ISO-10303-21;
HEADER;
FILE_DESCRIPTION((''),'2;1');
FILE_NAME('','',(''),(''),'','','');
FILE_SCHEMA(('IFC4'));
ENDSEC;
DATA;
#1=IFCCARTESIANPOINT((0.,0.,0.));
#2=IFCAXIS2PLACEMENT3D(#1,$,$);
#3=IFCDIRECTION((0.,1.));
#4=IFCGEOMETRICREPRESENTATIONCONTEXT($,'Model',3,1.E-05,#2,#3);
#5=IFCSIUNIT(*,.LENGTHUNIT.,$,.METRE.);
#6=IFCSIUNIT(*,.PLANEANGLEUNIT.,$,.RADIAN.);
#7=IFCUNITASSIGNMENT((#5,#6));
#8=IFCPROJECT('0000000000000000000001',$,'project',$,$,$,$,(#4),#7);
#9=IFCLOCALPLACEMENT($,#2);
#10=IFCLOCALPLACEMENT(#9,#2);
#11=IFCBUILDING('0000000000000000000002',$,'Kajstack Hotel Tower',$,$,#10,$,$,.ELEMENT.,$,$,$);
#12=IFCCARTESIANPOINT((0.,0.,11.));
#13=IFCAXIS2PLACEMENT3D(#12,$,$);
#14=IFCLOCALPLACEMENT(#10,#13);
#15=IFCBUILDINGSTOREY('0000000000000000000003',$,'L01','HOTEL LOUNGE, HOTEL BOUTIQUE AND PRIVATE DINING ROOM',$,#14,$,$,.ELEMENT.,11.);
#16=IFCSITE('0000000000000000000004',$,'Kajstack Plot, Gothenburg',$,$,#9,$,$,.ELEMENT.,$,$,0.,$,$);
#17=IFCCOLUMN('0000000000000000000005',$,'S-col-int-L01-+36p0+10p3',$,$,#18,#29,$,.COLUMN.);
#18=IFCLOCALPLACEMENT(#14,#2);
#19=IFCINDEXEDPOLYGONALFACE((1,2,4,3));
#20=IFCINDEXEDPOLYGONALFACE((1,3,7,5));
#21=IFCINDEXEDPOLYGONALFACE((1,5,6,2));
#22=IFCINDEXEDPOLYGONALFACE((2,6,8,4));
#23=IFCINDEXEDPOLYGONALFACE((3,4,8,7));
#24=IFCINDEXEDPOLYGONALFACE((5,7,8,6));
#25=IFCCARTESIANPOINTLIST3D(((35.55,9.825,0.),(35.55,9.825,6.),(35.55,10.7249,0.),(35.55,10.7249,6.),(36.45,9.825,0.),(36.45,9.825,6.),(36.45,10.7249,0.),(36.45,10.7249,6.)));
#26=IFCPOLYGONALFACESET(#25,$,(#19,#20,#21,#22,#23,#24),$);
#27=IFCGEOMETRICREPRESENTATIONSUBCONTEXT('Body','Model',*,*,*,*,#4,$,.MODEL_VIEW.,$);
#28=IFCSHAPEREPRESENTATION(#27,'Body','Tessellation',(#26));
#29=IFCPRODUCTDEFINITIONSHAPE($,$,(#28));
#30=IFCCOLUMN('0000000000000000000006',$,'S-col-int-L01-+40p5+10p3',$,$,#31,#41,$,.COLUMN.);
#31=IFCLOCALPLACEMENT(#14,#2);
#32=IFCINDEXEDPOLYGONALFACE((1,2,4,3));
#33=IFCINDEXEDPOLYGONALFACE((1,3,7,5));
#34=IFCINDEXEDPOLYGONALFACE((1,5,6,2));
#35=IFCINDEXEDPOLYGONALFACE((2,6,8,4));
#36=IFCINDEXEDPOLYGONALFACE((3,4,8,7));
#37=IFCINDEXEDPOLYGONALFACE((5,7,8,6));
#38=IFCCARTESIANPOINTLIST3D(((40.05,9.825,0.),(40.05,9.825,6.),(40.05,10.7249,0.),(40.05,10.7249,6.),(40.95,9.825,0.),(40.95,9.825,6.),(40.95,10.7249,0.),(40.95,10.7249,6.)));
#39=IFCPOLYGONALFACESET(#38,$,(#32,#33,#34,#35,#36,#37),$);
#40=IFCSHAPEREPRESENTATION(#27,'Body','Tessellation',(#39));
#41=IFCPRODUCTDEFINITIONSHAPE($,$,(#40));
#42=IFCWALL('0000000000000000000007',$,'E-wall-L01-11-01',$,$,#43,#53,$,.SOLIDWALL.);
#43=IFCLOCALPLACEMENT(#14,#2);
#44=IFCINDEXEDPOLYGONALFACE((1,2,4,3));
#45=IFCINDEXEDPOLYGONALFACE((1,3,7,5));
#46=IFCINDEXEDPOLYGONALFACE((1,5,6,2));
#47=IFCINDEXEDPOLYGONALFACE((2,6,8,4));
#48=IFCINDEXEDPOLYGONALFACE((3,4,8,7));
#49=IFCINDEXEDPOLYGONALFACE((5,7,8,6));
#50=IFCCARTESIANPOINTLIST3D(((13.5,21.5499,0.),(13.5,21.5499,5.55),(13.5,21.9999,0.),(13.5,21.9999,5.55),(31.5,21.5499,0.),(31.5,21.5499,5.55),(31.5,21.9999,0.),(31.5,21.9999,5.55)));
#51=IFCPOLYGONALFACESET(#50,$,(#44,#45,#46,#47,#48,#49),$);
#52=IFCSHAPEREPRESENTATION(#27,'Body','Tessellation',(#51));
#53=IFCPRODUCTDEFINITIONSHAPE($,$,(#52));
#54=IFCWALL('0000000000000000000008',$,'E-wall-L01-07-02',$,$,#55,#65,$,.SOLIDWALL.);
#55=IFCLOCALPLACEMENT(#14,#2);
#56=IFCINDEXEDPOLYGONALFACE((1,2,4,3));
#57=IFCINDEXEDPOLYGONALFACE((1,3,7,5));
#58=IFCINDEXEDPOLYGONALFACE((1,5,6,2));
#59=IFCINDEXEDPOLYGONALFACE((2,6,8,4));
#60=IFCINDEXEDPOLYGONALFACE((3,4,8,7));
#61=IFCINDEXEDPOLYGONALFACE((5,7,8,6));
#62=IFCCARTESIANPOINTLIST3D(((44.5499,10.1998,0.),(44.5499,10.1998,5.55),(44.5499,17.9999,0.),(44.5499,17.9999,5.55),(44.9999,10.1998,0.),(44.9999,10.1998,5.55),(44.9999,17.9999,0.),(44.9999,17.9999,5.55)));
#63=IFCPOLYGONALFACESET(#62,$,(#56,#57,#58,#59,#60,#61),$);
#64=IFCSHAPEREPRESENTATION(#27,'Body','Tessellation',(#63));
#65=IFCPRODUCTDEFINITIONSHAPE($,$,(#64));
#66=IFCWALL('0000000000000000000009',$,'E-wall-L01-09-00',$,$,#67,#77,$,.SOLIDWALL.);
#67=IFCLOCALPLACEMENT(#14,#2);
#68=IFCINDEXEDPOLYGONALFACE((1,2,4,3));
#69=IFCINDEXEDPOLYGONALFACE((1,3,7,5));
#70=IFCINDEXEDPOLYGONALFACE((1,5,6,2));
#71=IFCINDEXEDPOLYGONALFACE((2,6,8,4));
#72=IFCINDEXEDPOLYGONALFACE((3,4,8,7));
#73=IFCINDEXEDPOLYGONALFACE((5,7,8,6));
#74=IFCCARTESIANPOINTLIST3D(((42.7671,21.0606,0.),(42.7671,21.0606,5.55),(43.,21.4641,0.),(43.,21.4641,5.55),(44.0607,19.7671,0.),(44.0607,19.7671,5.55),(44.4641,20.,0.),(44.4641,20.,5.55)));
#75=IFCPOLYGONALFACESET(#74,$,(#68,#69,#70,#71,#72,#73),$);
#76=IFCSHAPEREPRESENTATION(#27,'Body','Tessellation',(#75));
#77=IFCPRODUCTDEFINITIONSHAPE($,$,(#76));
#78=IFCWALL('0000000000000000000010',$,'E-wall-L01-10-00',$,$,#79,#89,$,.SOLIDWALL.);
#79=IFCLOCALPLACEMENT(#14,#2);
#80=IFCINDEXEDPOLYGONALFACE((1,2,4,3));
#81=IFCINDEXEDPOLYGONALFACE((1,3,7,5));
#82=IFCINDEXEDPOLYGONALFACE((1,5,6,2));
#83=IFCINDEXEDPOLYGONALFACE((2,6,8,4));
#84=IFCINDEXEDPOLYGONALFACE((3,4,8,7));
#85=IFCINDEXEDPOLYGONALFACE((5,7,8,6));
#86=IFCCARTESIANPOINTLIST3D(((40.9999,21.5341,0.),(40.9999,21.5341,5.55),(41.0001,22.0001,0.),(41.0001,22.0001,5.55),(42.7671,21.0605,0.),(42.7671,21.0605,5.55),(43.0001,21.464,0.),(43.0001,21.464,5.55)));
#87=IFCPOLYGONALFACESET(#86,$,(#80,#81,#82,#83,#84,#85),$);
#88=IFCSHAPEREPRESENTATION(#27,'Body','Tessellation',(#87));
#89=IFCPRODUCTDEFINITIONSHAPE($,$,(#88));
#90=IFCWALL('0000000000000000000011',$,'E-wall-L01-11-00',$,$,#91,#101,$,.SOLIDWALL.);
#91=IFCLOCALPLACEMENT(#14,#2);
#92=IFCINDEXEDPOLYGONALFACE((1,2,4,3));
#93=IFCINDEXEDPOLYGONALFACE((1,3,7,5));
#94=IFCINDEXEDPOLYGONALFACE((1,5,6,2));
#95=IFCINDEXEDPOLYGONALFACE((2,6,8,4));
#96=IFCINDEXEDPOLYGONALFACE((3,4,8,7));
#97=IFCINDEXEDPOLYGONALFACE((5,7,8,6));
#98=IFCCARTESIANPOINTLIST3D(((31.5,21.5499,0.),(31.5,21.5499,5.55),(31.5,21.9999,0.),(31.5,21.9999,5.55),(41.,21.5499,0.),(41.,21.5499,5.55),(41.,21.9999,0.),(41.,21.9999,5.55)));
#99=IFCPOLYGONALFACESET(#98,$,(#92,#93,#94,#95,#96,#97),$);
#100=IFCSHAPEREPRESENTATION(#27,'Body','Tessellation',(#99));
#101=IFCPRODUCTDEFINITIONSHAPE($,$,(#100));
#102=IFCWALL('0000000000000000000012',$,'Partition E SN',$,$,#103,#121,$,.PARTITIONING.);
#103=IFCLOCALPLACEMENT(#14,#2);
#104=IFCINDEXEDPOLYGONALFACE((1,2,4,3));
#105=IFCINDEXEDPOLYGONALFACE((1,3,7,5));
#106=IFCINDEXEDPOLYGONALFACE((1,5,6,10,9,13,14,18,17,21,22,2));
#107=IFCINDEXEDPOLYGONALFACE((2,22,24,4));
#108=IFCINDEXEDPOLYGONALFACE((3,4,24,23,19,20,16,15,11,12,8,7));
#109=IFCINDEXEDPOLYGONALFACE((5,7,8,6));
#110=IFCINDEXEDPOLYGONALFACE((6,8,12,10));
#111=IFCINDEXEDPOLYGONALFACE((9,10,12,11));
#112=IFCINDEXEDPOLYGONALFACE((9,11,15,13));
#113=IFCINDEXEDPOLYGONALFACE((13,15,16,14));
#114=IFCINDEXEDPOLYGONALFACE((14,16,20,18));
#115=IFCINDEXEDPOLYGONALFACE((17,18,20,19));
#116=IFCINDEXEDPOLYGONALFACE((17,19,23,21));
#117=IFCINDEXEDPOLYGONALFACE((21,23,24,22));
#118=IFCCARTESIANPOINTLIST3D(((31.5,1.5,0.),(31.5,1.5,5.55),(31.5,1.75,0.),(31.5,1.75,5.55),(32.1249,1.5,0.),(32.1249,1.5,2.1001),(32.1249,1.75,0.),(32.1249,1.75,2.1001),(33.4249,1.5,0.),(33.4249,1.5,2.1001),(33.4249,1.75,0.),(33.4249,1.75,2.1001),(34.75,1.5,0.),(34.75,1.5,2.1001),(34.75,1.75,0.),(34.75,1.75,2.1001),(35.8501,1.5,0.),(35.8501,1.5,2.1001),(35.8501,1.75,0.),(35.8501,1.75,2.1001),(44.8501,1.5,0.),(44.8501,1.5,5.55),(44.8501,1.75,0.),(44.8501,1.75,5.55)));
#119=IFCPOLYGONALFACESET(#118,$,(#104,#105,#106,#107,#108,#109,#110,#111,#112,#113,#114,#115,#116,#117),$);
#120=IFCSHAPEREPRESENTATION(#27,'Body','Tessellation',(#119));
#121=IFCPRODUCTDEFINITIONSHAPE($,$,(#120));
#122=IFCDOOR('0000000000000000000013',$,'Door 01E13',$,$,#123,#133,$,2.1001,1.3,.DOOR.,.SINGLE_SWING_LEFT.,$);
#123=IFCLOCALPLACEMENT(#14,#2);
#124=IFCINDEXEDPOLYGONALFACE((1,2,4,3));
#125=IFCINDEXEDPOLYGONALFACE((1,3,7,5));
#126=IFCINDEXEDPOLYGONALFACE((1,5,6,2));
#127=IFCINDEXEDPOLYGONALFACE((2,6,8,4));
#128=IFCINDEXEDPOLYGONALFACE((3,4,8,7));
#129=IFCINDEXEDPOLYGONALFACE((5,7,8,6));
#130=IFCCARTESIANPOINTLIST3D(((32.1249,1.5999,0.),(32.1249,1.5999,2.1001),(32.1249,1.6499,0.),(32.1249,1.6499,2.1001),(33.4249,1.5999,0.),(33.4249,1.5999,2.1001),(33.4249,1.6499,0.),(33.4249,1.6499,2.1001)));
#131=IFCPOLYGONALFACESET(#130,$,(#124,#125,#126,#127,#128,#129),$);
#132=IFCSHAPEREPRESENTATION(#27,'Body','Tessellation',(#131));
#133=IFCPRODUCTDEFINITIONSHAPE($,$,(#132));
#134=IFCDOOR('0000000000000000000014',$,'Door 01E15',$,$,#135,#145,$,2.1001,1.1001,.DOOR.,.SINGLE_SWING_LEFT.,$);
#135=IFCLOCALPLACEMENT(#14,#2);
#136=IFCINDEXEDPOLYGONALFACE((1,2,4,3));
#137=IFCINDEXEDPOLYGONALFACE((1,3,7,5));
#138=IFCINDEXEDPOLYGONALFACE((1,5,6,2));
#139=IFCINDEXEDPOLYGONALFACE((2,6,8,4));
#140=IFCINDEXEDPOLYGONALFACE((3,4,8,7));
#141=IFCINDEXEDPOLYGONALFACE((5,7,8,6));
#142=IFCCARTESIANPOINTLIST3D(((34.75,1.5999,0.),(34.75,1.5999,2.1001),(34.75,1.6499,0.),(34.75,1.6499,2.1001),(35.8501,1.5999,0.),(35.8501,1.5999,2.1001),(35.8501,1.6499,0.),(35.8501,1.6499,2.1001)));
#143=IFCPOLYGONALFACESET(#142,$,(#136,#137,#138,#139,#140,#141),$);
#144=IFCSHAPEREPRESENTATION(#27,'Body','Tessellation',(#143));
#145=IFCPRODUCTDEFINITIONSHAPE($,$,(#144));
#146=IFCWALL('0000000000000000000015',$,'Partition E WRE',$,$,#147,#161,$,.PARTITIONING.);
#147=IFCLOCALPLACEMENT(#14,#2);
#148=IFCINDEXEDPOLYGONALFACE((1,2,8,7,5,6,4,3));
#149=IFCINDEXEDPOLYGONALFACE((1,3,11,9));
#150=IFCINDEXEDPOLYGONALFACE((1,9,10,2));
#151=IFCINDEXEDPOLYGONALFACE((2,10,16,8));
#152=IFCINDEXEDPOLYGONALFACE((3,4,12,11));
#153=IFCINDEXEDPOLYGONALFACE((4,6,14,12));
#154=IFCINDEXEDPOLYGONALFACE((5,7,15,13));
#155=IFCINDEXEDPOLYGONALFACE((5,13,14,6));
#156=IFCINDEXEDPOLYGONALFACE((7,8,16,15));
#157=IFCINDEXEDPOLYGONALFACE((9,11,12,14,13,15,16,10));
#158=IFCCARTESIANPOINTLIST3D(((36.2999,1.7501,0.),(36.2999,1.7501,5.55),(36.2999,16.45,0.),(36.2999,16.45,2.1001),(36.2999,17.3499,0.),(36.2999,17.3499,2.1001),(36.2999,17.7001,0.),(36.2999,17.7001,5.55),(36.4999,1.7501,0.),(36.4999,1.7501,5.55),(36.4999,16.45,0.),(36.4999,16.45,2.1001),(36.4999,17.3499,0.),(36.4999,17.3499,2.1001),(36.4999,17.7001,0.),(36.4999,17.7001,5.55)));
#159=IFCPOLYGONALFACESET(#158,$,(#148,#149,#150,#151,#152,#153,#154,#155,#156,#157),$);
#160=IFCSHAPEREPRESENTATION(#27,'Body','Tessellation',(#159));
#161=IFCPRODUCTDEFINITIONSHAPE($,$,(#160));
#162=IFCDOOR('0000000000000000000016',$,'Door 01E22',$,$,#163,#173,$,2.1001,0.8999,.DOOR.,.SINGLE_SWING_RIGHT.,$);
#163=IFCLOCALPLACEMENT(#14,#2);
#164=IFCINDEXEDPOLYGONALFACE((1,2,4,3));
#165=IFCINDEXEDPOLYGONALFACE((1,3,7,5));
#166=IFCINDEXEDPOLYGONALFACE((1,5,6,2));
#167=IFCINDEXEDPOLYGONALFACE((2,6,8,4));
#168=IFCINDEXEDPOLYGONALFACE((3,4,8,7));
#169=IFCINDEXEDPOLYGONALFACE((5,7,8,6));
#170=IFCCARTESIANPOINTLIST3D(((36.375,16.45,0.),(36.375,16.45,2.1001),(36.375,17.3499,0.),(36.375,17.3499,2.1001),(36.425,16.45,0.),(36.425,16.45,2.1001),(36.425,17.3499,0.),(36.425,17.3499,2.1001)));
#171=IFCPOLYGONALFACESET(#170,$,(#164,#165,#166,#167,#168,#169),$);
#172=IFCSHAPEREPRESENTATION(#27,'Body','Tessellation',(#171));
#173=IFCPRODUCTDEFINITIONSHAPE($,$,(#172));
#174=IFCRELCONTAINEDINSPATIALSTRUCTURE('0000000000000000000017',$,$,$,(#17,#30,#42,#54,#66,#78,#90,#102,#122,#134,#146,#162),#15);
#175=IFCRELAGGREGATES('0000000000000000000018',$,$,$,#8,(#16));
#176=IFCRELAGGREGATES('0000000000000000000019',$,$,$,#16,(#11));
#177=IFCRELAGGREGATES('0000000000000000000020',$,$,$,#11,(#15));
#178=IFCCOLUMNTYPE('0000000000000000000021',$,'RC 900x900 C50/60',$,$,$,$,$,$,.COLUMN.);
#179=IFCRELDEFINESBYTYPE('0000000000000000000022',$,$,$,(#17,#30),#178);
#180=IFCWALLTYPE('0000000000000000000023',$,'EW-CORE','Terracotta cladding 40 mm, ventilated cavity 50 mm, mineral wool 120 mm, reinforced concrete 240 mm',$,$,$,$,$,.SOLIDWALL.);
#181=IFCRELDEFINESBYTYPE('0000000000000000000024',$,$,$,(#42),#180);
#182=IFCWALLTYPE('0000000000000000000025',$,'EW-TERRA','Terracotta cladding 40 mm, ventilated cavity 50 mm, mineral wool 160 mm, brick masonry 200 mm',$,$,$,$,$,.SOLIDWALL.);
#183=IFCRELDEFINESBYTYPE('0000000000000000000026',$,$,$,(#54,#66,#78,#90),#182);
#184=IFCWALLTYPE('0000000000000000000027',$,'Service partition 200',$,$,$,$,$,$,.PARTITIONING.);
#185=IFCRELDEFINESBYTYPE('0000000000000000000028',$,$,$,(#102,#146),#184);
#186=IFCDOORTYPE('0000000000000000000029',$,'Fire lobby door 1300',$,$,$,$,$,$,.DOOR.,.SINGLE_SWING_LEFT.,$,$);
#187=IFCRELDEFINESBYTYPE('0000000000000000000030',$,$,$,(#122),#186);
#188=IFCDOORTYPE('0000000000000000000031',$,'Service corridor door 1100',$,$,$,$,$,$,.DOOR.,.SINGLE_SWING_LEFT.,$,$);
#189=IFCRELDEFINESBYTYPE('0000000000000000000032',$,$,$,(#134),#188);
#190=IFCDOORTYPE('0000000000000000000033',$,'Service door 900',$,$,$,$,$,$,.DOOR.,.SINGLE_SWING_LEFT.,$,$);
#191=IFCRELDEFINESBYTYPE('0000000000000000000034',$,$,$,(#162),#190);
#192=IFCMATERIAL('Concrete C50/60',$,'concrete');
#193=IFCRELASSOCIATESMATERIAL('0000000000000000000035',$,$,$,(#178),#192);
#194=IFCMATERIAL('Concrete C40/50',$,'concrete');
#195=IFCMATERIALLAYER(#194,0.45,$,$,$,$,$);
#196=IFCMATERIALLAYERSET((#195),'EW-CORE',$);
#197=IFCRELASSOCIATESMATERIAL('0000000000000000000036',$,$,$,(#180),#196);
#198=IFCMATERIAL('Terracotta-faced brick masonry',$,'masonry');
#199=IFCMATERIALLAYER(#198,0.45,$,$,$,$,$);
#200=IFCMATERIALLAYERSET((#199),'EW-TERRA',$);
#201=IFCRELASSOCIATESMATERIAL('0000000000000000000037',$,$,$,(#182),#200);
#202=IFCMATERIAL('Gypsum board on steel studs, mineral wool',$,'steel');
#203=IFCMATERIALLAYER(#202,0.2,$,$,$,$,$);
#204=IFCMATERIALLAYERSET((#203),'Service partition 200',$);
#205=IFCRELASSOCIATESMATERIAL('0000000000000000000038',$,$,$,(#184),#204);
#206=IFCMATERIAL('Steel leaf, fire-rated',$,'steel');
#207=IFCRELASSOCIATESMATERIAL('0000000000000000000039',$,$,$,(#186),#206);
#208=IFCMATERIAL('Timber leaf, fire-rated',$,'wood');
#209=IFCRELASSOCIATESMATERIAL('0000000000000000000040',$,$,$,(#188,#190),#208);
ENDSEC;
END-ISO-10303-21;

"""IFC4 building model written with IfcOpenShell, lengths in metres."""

from ifc_helpers import new_model, si_unit, direction, frame, frame_2d, origin, origin_2d, place, context, subcontext, project, spatial, polyline, rectangle, outline, extrude, material, layer, layer_set, material_profile, profile_set, type_object, element, fill, save


model = new_model("IFC4")

# Units and contexts
model_context = context("Model", 3, precision=1e-05, world=origin(), true_north=direction((0.0, 1.0)))
body_context = subcontext(model_context, "Body", "Model", "MODEL_VIEW")
ifc_project = project(units=[si_unit("LENGTHUNIT", "METRE"), si_unit("PLANEANGLEUNIT", "RADIAN")], contexts=[model_context])

# Site, building, storey
site_placement = place(None, origin())
site = spatial("IfcSite", under=ifc_project, at=site_placement, Name="Kajstack Plot, Gothenburg", CompositionType="ELEMENT", RefElevation=0.0)
building_placement = place(site_placement, origin())
building = spatial("IfcBuilding", under=site, at=building_placement, Name="Kajstack Hotel Tower", CompositionType="ELEMENT")
storey_placement = place(building_placement, frame((0.0, 0.0, 11.0)))
storey = spatial("IfcBuildingStorey", under=building, at=storey_placement, Name="L01", Description="HOTEL LOUNGE, HOTEL BOUTIQUE AND PRIVATE DINING ROOM", CompositionType="ELEMENT", Elevation=11.0)

# Columns
ifc_material_1 = material(Name="Concrete C50/60", Category="concrete")
ifc_material_profile = material_profile(ifc_material_1, rectangle(XDim=0.8999, YDim=0.8999, at=origin_2d()), Name="RC 900x900")
ifc_profile_set = profile_set([ifc_material_profile], Name="Concrete C50/60")
column_type = type_object("IfcColumnType", Name="RC 900x900 C50/60", PredefinedType="COLUMN", material=ifc_profile_set)
for number, where, z_axis, x_axis, name in (
    (1, (36.0, 10.2749, 0.0), (0.0, 0.0, 1.0), (1.0, 0.0, 0.0), "S-col-int-L01-+36p0+10p3"),
    (2, (40.5, 10.2749, 0.0), (0.0, 0.0, 1.0), (1.0, 0.0, 0.0), "S-col-int-L01-+40p5+10p3"),
):
    element("IfcColumn", number, at=place(storey_placement, frame(where, z_axis=z_axis, x_axis=x_axis)), inside=storey, type_object=column_type, Name=name, PredefinedType="COLUMN", context=body_context, shape_type="SweptSolid", body=[
        extrude(rectangle(XDim=0.8999, YDim=0.8999, at=origin_2d()), origin(), (0.0, 0.0, 1.0), 6.0),
    ])

# Walls
ifc_material_2 = material(Name="Concrete C40/50", Category="concrete")
ifc_layer_1 = layer(ifc_material_2, 0.45)
ifc_layer_set_1 = layer_set([ifc_layer_1], Name="EW-CORE")
wall_type_1 = type_object("IfcWallType", Name="EW-CORE", Description="Terracotta cladding 40 mm, ventilated cavity 50 mm, mineral wool 120 mm, reinforced concrete 240 mm", PredefinedType="SOLIDWALL", material=ifc_layer_set_1)
wall_1_placement = place(storey_placement, frame((31.5, 21.7749, 0.0), z_axis=(0.0, 0.0, 1.0), x_axis=(-1.0, 0.0, 0.0)))
element("IfcWall", 3, at=wall_1_placement, inside=storey, type_object=wall_type_1, Name="E-wall-L01-11-01", PredefinedType="SOLIDWALL", context=body_context, shape_type="SweptSolid", body=[
    extrude(rectangle(XDim=18.0, YDim=0.45, at=frame_2d((9.0, 0.0))), origin(), (0.0, 0.0, 1.0), 5.55),
])
ifc_material_3 = material(Name="Terracotta-faced brick masonry", Category="masonry")
ifc_layer_2 = layer(ifc_material_3, 0.45)
ifc_layer_set_2 = layer_set([ifc_layer_2], Name="EW-TERRA")
wall_type_2 = type_object("IfcWallType", Name="EW-TERRA", Description="Terracotta cladding 40 mm, ventilated cavity 50 mm, mineral wool 160 mm, brick masonry 200 mm", PredefinedType="SOLIDWALL", material=ifc_layer_set_2)
wall_2_placement = place(storey_placement, frame((44.7749, 10.2, 0.0), z_axis=(0.0, 0.0, 1.0), x_axis=(0.0, 1.0, 0.0)))
element("IfcWall", 4, at=wall_2_placement, inside=storey, type_object=wall_type_2, Name="E-wall-L01-07-02", PredefinedType="SOLIDWALL", context=body_context, shape_type="SweptSolid", body=[
    extrude(rectangle(XDim=7.8, YDim=0.45, at=frame_2d((3.8999, 0.0))), origin(), (0.0, 0.0, 1.0), 5.55),
])
wall_3_placement = place(storey_placement, frame((44.3049, 19.8408, 0.0), z_axis=(0.0, 0.0, 1.0), x_axis=(-0.707107, 0.707107, 0.0)))
element("IfcWall", 5, at=wall_3_placement, inside=storey, type_object=wall_type_2, Name="E-wall-L01-09-00", PredefinedType="SOLIDWALL", context=body_context, shape_type="SweptSolid", body=[
    extrude(outline(polyline([(0.0, -0.2251), (2.0706, -0.2251), (1.95, 0.2249), (0.1206, 0.2249), (0.0, -0.2251)])), origin(), (0.0, 0.0, 1.0), 5.55),
])
wall_4_placement = place(storey_placement, frame((42.9417, 21.2468, 0.0), z_axis=(0.0, 0.0, 1.0), x_axis=(-0.965927, 0.258815, 0.0)))
element("IfcWall", 6, at=wall_4_placement, inside=storey, type_object=wall_type_2, Name="E-wall-L01-10-00", PredefinedType="SOLIDWALL", context=body_context, shape_type="SweptSolid", body=[
    extrude(outline(polyline([(-0.0002, -0.2249), (2.0703, -0.2251), (1.95, 0.2251), (0.1204, 0.2251), (-0.0002, -0.2249)])), origin(), (0.0, 0.0, 1.0), 5.55),
])
wall_5_placement = place(storey_placement, frame((41.0, 21.7749, 0.0), z_axis=(0.0, 0.0, 1.0), x_axis=(-1.0, 0.0, 0.0)))
element("IfcWall", 7, at=wall_5_placement, inside=storey, type_object=wall_type_2, Name="E-wall-L01-11-00", PredefinedType="SOLIDWALL", context=body_context, shape_type="SweptSolid", body=[
    extrude(rectangle(XDim=9.5, YDim=0.45, at=frame_2d((4.75, 0.0))), origin(), (0.0, 0.0, 1.0), 5.55),
])

# Wall, openings, doors
ifc_material_4 = material(Name="Gypsum board on steel studs, mineral wool", Category="steel")
ifc_layer_3 = layer(ifc_material_4, 0.2)
ifc_layer_set_3 = layer_set([ifc_layer_3], Name="Service partition 200")
wall_type_3 = type_object("IfcWallType", Name="Service partition 200", PredefinedType="PARTITIONING", material=ifc_layer_set_3)
wall_6_placement = place(storey_placement, frame((31.5, 1.625, 0.0), z_axis=(0.0, 0.0, 1.0), x_axis=(1.0, 0.0, 0.0)))
wall_6 = element("IfcWall", 8, at=wall_6_placement, inside=storey, type_object=wall_type_3, Name="Partition E SN", PredefinedType="PARTITIONING", context=body_context, shape_type="SweptSolid", body=[
    extrude(rectangle(XDim=13.3501, YDim=0.25, at=frame_2d((6.675, 0.0))), origin(), (0.0, 0.0, 1.0), 5.55),
])
opening_1_placement = place(wall_6_placement, frame((0.625, 0.0, 0.0)))
opening_1 = element("IfcOpeningElement", 9, at=opening_1_placement, cuts=wall_6, PredefinedType="OPENING", context=body_context, shape_type="SweptSolid", body=[
    extrude(rectangle(XDim=1.3, YDim=2.1001, at=frame_2d((0.6499, 1.05))), frame((0.0, 0.135, 0.0), z_axis=(0.0, -1.0, 0.0), x_axis=(1.0, 0.0, 0.0)), (0.0, 0.0, 1.0), 0.27),
])
opening_2_placement = place(wall_6_placement, frame((3.25, 0.0, 0.0)))
opening_2 = element("IfcOpeningElement", 10, at=opening_2_placement, cuts=wall_6, PredefinedType="OPENING", context=body_context, shape_type="SweptSolid", body=[
    extrude(rectangle(XDim=1.1001, YDim=2.1001, at=frame_2d((0.55, 1.05))), frame((0.0, 0.135, 0.0), z_axis=(0.0, -1.0, 0.0), x_axis=(1.0, 0.0, 0.0)), (0.0, 0.0, 1.0), 0.27),
])
ifc_material_5 = material(Name="Steel leaf, fire-rated", Category="steel")
door_type_1 = type_object("IfcDoorType", Name="Fire lobby door 1300", OperationType="SINGLE_SWING_LEFT", PredefinedType="DOOR", material=ifc_material_5)
door_1_placement = place(opening_1_placement, origin())
door_1 = element("IfcDoor", 11, at=door_1_placement, inside=storey, type_object=door_type_1, Name="Door 01E13", OperationType="SINGLE_SWING_LEFT", OverallHeight=2.1001, OverallWidth=1.3, PredefinedType="DOOR", context=body_context, shape_type="SweptSolid", body=[
    extrude(rectangle(XDim=1.3, YDim=2.1001, at=frame_2d((0.6499, 1.05))), frame((0.0, 0.0249, 0.0), z_axis=(0.0, -1.0, 0.0), x_axis=(1.0, 0.0, 0.0)), (0.0, 0.0, 1.0), 0.05),
])
fill(opening_1, door_1)
ifc_material_6 = material(Name="Timber leaf, fire-rated", Category="wood")
door_type_2 = type_object("IfcDoorType", Name="Service corridor door 1100", OperationType="SINGLE_SWING_LEFT", PredefinedType="DOOR", material=ifc_material_6)
door_2_placement = place(opening_2_placement, origin())
door_2 = element("IfcDoor", 12, at=door_2_placement, inside=storey, type_object=door_type_2, Name="Door 01E15", OperationType="SINGLE_SWING_LEFT", OverallHeight=2.1001, OverallWidth=1.1001, PredefinedType="DOOR", context=body_context, shape_type="SweptSolid", body=[
    extrude(rectangle(XDim=1.1001, YDim=2.1001, at=frame_2d((0.55, 1.05))), frame((0.0, 0.0249, 0.0), z_axis=(0.0, -1.0, 0.0), x_axis=(1.0, 0.0, 0.0)), (0.0, 0.0, 1.0), 0.05),
])
fill(opening_2, door_2)

# Wall, opening, door
wall_7_placement = place(storey_placement, frame((36.3999, 1.75, 0.0), z_axis=(0.0, 0.0, 1.0), x_axis=(0.0, 1.0, 0.0)))
wall_7 = element("IfcWall", 13, at=wall_7_placement, inside=storey, type_object=wall_type_3, Name="Partition E WRE", PredefinedType="PARTITIONING", context=body_context, shape_type="SweptSolid", body=[
    extrude(rectangle(XDim=15.95, YDim=0.2, at=frame_2d((7.9751, 0.0))), origin(), (0.0, 0.0, 1.0), 5.55),
])
opening_3_placement = place(wall_7_placement, frame((14.7, 0.0, 0.0)))
opening_3 = element("IfcOpeningElement", 14, at=opening_3_placement, cuts=wall_7, PredefinedType="OPENING", context=body_context, shape_type="SweptSolid", body=[
    extrude(rectangle(XDim=0.8999, YDim=2.1001, at=frame_2d((0.45, 1.05))), frame((0.0, 0.1099, 0.0), z_axis=(0.0, -1.0, 0.0), x_axis=(1.0, 0.0, 0.0)), (0.0, 0.0, 1.0), 0.22),
])
door_type_3 = type_object("IfcDoorType", Name="Service door 900", OperationType="SINGLE_SWING_LEFT", PredefinedType="DOOR", material=ifc_material_6)
door_3_placement = place(opening_3_placement, origin())
door_3 = element("IfcDoor", 15, at=door_3_placement, inside=storey, type_object=door_type_3, Name="Door 01E22", OperationType="SINGLE_SWING_RIGHT", OverallHeight=2.1001, OverallWidth=0.8999, PredefinedType="DOOR", context=body_context, shape_type="SweptSolid", body=[
    extrude(rectangle(XDim=0.8999, YDim=2.1001, at=frame_2d((0.45, 1.05))), frame((0.0, 0.0249, 0.0), z_axis=(0.0, -1.0, 0.0), x_axis=(1.0, 0.0, 0.0)), (0.0, 0.0, 1.0), 0.05),
])
fill(opening_3, door_3)

save(model, "model.ifc")
